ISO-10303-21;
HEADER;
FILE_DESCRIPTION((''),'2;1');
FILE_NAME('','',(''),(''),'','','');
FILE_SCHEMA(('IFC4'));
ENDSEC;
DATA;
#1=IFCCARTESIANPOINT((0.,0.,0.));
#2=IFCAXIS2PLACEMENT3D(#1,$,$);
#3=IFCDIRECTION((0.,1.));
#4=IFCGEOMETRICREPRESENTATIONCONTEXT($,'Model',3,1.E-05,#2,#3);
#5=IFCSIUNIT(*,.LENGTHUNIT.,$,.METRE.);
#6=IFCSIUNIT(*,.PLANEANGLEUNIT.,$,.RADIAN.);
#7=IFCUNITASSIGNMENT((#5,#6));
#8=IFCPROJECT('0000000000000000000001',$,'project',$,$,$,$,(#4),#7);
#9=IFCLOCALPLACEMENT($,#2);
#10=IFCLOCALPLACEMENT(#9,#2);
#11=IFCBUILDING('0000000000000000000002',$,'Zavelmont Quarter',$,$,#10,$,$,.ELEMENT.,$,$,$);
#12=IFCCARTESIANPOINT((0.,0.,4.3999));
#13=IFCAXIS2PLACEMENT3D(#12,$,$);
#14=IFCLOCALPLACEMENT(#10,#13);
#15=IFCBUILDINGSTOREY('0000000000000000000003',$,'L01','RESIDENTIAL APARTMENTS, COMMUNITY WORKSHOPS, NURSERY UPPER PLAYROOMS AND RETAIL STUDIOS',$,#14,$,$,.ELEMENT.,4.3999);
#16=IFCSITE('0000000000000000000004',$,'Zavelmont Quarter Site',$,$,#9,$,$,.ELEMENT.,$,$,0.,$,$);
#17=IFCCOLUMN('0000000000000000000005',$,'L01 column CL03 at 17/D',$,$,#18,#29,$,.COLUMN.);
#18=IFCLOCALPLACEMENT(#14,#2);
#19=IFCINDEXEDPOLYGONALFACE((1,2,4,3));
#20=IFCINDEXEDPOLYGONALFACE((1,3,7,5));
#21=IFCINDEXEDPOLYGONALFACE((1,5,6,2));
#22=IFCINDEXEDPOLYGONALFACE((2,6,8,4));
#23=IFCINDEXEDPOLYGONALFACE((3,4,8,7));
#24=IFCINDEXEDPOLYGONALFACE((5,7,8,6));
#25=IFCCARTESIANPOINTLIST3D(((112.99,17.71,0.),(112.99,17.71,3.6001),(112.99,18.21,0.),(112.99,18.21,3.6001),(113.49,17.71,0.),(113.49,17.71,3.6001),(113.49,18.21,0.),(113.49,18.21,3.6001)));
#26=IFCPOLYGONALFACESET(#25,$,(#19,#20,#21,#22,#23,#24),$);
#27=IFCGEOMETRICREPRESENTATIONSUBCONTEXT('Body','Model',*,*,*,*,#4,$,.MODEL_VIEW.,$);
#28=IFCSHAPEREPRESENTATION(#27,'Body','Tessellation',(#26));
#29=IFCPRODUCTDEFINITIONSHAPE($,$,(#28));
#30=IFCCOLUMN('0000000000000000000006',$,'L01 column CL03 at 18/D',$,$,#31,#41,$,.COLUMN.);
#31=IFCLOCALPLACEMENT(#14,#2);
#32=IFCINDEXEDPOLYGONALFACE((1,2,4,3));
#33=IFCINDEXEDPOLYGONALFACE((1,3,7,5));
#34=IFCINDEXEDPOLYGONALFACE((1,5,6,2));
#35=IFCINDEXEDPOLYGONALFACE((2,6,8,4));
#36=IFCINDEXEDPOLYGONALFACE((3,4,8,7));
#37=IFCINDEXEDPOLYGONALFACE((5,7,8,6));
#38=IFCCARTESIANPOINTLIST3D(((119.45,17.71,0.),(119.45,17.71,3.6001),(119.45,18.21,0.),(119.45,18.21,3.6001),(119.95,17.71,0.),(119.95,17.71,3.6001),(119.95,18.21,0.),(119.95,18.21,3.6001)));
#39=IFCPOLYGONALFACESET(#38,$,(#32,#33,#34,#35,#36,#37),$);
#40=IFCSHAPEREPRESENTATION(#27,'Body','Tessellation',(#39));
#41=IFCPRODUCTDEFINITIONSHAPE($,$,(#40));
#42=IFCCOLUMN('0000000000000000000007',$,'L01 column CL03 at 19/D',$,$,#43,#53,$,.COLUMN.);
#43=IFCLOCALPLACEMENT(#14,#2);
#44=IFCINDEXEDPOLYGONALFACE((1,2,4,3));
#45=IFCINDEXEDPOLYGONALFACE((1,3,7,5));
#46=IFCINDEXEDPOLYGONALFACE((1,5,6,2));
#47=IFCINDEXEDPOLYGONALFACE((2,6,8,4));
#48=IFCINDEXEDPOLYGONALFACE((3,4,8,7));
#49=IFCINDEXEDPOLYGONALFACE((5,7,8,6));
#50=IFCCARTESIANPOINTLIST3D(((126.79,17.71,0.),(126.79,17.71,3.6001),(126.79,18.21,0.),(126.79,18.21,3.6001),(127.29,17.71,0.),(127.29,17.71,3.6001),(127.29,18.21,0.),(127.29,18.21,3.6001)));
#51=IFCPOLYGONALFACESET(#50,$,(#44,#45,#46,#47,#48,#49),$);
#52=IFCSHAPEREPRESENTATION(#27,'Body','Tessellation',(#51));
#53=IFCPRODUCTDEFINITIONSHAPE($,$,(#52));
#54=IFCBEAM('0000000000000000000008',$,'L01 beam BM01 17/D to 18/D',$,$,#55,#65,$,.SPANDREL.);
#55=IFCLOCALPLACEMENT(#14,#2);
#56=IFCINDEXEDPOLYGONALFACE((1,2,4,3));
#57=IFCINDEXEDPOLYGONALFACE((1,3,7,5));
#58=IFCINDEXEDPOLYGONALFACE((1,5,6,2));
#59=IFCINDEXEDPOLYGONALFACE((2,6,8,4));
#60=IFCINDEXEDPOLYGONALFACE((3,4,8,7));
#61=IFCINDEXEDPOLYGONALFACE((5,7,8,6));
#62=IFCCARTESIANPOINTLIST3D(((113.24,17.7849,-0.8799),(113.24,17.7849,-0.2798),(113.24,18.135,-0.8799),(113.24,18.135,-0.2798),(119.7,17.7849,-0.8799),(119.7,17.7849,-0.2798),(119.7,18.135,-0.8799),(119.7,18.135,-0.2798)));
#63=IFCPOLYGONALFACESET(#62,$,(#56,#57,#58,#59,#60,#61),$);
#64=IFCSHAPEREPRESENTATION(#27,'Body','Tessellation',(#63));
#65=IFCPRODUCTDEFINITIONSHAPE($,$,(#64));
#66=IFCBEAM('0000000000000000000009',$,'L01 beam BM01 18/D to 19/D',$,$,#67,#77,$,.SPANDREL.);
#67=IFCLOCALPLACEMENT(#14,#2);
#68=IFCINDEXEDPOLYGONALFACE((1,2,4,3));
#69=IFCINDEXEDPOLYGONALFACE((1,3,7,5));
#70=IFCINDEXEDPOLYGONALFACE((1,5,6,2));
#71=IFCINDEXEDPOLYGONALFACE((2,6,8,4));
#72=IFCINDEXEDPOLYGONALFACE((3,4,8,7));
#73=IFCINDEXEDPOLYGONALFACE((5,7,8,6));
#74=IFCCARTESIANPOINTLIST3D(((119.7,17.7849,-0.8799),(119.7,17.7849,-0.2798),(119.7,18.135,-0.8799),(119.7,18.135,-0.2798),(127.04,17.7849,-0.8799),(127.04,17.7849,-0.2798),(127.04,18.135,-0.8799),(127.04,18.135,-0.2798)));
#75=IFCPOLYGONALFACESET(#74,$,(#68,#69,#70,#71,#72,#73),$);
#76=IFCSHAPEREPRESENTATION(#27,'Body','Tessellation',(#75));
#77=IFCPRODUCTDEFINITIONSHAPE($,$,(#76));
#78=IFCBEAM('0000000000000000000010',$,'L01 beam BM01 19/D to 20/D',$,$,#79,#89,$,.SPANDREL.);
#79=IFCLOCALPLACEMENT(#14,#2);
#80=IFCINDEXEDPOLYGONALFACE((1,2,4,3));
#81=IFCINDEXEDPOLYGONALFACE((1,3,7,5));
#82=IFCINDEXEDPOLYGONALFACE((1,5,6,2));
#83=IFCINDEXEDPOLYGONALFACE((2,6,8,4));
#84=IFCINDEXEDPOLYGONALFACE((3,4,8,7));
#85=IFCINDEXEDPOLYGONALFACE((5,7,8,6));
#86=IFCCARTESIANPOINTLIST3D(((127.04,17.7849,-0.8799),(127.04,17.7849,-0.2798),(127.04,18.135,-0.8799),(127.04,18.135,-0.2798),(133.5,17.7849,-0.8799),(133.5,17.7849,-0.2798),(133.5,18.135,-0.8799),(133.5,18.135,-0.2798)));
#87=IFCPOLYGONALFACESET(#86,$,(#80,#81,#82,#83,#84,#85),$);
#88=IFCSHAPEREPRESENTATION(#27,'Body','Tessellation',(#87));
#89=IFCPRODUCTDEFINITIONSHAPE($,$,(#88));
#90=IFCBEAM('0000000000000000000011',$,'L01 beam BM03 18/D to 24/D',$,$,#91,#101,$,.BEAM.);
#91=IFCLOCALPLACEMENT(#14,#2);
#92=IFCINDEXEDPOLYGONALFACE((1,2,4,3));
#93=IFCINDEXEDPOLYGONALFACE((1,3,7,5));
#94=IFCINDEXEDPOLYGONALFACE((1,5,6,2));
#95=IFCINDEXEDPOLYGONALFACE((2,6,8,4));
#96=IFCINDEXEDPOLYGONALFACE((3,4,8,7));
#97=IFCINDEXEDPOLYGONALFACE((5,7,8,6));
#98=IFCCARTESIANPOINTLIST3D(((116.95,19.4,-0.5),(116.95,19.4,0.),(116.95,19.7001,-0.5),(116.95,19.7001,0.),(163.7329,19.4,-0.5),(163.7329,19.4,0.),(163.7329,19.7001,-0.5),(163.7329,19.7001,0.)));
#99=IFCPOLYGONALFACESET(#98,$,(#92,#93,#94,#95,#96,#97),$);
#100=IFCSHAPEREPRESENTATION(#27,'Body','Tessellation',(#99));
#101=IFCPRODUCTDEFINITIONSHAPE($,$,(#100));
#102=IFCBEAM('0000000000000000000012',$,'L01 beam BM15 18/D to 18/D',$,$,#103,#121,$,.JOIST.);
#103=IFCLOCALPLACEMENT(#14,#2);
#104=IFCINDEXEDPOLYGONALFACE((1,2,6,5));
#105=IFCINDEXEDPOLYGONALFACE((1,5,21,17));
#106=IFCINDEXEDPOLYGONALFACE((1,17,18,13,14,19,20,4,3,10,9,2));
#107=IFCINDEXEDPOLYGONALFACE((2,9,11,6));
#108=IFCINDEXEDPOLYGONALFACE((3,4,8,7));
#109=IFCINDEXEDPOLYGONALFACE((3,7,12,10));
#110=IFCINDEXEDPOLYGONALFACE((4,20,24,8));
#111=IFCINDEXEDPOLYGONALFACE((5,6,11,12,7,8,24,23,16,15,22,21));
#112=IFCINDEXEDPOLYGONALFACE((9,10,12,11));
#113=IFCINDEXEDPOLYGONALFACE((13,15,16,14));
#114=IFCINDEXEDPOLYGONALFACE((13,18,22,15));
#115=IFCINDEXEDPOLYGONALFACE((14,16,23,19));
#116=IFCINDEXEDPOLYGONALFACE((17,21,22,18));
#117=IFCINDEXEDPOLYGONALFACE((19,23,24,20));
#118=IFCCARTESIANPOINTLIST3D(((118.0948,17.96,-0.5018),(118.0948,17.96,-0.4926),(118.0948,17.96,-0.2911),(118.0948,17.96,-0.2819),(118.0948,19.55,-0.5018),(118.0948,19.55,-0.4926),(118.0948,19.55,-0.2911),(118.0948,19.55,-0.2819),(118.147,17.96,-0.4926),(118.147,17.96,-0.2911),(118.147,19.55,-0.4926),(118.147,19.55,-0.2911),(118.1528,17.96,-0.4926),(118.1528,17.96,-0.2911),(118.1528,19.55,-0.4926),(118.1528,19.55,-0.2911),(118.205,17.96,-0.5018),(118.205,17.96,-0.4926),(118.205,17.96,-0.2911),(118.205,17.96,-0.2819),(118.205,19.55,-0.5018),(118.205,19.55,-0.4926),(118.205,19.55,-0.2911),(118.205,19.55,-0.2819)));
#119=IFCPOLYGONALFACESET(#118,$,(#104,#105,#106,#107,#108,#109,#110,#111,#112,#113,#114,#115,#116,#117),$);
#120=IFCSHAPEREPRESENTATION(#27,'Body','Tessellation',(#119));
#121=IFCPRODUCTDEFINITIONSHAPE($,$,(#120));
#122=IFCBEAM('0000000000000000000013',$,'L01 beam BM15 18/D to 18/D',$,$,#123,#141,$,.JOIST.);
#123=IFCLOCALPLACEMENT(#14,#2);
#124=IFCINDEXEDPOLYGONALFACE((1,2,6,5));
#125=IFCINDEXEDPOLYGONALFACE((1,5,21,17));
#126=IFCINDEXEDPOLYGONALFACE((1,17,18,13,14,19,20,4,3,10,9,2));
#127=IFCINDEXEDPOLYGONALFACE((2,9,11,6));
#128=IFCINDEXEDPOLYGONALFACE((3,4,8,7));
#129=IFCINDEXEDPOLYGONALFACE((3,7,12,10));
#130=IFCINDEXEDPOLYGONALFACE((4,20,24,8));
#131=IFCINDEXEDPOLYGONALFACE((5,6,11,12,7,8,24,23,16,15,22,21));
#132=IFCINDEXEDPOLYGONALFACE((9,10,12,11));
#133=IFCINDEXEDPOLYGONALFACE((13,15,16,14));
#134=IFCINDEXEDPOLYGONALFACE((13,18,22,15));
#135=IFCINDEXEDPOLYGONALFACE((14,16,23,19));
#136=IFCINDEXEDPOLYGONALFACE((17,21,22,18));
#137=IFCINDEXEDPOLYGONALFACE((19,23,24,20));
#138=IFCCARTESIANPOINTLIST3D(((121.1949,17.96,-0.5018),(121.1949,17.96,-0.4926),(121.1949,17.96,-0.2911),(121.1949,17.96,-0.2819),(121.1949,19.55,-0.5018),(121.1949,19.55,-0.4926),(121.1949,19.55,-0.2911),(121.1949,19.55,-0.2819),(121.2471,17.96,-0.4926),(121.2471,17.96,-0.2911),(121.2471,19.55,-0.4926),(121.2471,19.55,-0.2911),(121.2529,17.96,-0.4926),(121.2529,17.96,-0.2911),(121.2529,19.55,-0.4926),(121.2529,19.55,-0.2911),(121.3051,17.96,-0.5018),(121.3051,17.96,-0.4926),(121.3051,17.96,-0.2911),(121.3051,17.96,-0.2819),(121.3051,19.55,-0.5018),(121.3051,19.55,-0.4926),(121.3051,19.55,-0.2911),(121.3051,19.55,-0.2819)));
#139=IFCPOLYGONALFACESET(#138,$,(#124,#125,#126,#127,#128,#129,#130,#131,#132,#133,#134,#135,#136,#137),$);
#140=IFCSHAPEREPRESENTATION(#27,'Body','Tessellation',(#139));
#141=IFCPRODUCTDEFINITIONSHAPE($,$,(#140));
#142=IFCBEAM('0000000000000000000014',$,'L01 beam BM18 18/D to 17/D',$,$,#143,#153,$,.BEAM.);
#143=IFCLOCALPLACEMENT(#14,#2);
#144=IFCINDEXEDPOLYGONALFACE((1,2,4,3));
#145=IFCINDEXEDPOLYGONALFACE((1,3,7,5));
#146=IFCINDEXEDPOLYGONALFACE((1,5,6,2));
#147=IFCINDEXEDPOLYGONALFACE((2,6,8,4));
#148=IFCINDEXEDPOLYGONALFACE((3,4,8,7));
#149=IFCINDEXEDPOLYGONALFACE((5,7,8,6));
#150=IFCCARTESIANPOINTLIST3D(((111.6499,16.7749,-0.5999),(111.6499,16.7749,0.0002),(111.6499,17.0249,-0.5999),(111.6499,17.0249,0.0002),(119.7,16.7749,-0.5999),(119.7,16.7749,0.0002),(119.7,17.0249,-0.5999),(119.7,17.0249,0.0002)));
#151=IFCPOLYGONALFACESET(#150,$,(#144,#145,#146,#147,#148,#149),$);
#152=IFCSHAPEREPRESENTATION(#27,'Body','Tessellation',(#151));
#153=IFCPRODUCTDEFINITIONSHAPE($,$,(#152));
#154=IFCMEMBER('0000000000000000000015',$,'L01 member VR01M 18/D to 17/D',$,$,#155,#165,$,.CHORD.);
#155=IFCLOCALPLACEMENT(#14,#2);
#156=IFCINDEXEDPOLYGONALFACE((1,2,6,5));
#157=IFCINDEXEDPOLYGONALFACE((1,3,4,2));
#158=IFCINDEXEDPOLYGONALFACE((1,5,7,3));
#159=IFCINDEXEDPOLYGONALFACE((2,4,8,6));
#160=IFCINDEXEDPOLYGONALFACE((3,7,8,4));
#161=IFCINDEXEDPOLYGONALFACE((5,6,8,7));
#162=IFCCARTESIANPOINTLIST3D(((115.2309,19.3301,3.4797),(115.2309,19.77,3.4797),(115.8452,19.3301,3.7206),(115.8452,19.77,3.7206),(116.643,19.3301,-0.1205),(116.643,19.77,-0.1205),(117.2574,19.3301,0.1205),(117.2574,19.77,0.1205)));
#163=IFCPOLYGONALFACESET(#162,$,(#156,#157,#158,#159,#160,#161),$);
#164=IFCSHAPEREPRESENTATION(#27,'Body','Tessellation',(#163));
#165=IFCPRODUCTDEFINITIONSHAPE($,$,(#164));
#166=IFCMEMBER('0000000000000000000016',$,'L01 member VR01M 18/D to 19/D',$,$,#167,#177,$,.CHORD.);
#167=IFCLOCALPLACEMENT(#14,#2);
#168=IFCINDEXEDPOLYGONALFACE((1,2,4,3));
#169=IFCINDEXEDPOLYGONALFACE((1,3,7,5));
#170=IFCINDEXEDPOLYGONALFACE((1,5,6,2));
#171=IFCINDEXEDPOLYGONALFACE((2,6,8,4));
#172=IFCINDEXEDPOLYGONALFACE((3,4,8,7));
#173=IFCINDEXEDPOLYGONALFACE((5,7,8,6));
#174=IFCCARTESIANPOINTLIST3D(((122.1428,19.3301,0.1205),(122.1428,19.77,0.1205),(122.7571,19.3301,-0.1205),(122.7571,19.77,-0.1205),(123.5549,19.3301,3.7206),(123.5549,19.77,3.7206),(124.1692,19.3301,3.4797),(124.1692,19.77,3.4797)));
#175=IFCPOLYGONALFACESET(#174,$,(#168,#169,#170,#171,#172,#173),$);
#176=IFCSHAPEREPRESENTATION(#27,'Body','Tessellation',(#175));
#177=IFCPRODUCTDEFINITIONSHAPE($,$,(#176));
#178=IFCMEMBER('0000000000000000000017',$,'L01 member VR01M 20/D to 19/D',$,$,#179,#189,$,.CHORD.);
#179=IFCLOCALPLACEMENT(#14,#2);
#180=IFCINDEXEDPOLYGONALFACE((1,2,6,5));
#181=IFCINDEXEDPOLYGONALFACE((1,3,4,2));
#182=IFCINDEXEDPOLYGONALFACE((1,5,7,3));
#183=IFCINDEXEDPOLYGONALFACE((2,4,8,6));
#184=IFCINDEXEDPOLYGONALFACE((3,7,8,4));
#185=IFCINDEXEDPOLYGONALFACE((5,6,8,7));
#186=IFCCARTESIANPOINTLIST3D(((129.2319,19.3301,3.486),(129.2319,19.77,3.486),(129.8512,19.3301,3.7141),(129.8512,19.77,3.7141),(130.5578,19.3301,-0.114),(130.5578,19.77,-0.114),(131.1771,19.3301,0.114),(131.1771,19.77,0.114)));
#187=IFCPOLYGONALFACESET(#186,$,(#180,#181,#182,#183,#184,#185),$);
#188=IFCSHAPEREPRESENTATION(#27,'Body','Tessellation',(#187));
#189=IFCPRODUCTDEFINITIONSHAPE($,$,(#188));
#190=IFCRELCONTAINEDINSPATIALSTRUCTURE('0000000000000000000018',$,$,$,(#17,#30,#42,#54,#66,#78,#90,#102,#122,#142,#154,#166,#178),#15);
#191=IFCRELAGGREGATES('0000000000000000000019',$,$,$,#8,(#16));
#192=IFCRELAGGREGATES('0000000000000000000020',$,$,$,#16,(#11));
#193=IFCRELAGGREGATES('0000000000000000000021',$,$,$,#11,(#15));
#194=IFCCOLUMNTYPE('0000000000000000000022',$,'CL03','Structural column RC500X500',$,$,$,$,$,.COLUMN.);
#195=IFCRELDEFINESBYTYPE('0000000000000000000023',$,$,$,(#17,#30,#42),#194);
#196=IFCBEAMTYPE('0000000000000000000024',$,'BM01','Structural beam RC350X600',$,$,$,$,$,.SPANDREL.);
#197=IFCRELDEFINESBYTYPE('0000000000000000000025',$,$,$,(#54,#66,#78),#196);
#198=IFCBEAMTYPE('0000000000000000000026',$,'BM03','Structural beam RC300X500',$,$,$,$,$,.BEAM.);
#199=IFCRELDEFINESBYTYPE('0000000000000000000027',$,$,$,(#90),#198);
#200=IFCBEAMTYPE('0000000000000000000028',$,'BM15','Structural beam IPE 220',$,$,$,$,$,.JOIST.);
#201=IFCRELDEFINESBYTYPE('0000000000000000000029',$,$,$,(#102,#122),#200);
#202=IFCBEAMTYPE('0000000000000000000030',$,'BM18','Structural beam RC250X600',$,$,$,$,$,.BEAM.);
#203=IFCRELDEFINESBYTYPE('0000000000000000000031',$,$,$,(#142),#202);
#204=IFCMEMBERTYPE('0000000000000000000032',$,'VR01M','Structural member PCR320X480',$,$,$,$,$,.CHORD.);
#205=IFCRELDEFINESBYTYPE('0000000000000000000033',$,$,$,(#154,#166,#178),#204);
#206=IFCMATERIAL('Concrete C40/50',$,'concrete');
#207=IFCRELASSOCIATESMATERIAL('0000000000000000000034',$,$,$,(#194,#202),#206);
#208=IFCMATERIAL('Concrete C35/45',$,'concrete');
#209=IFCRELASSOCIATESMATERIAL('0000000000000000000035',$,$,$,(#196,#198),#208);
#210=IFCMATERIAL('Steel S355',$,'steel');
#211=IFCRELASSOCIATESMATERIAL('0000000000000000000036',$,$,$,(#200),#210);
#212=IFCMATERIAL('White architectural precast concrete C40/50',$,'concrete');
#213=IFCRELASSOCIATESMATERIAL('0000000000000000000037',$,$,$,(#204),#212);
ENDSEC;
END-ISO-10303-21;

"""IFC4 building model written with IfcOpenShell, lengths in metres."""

from ifc_helpers import new_model, si_unit, direction, frame, origin, origin_2d, place, context, subcontext, project, spatial, rectangle, i_section, extrude, material, material_profile, profile_set, type_object, element, save


model = new_model("IFC4")

# Units and contexts
model_context = context("Model", 3, precision=1e-05, world=origin(), true_north=direction((0.0, 1.0)))
body_context = subcontext(model_context, "Body", "Model", "MODEL_VIEW")
ifc_project = project(units=[si_unit("LENGTHUNIT", "METRE"), si_unit("PLANEANGLEUNIT", "RADIAN")], contexts=[model_context])

# Site, building, storey
site_placement = place(None, origin())
site = spatial("IfcSite", under=ifc_project, at=site_placement, Name="Zavelmont Quarter Site", CompositionType="ELEMENT", RefElevation=0.0)
building_placement = place(site_placement, origin())
building = spatial("IfcBuilding", under=site, at=building_placement, Name="Zavelmont Quarter", CompositionType="ELEMENT")
storey_placement = place(building_placement, frame((0.0, 0.0, 4.3999)))
storey = spatial("IfcBuildingStorey", under=building, at=storey_placement, Name="L01", Description="RESIDENTIAL APARTMENTS, COMMUNITY WORKSHOPS, NURSERY UPPER PLAYROOMS AND RETAIL STUDIOS", CompositionType="ELEMENT", Elevation=4.3999)

# Columns
ifc_material_1 = material(Name="Concrete C40/50", Category="concrete")
ifc_material_profile_1 = material_profile(ifc_material_1, rectangle(XDim=0.5, YDim=0.5, at=origin_2d()), Name="RC500X500")
ifc_profile_set_1 = profile_set([ifc_material_profile_1], Name="Concrete C40/50")
column_type = type_object("IfcColumnType", Name="CL03", Description="Structural column RC500X500", PredefinedType="COLUMN", material=ifc_profile_set_1)
for number, where, z_axis, x_axis, name in (
    (1, (113.24, 17.96, 0.0), (0.0, 0.0, 1.0), (1.0, 0.0, 0.0), "L01 column CL03 at 17/D"),
    (2, (119.7, 17.96, 0.0), (0.0, 0.0, 1.0), (1.0, 0.0, 0.0), "L01 column CL03 at 18/D"),
    (3, (127.04, 17.96, 0.0), (0.0, 0.0, 1.0), (1.0, 0.0, 0.0), "L01 column CL03 at 19/D"),
):
    element("IfcColumn", number, at=place(storey_placement, frame(where, z_axis=z_axis, x_axis=x_axis)), inside=storey, type_object=column_type, Name=name, PredefinedType="COLUMN", context=body_context, shape_type="SweptSolid", body=[
        extrude(rectangle(XDim=0.5, YDim=0.5, at=origin_2d()), origin(), (0.0, 0.0, 1.0), 3.6001),
    ])

# Beams
ifc_material_2 = material(Name="Concrete C35/45", Category="concrete")
ifc_material_profile_2 = material_profile(ifc_material_2, rectangle(XDim=0.3501, YDim=0.6001, at=origin_2d()), Name="RC350X600")
ifc_profile_set_2 = profile_set([ifc_material_profile_2], Name="Concrete C35/45")
beam_type_1 = type_object("IfcBeamType", Name="BM01", Description="Structural beam RC350X600", PredefinedType="SPANDREL", material=ifc_profile_set_2)
beam_1_placement = place(storey_placement, frame((113.24, 17.96, -0.5798), z_axis=(1.0, 0.0, 0.0), x_axis=(0.0, 1.0, 0.0)))
element("IfcBeam", 4, at=beam_1_placement, inside=storey, type_object=beam_type_1, Name="L01 beam BM01 17/D to 18/D", PredefinedType="SPANDREL", context=body_context, shape_type="SweptSolid", body=[
    extrude(rectangle(XDim=0.3501, YDim=0.6001, at=origin_2d()), origin(), (0.0, 0.0, 1.0), 6.46),
])
beam_2_placement = place(storey_placement, frame((119.7, 17.96, -0.5798), z_axis=(1.0, 0.0, 0.0), x_axis=(0.0, 1.0, 0.0)))
element("IfcBeam", 5, at=beam_2_placement, inside=storey, type_object=beam_type_1, Name="L01 beam BM01 18/D to 19/D", PredefinedType="SPANDREL", context=body_context, shape_type="SweptSolid", body=[
    extrude(rectangle(XDim=0.3501, YDim=0.6001, at=origin_2d()), origin(), (0.0, 0.0, 1.0), 7.3401),
])
beam_3_placement = place(storey_placement, frame((127.04, 17.96, -0.5798), z_axis=(1.0, 0.0, 0.0), x_axis=(0.0, 1.0, 0.0)))
element("IfcBeam", 6, at=beam_3_placement, inside=storey, type_object=beam_type_1, Name="L01 beam BM01 19/D to 20/D", PredefinedType="SPANDREL", context=body_context, shape_type="SweptSolid", body=[
    extrude(rectangle(XDim=0.3501, YDim=0.6001, at=origin_2d()), origin(), (0.0, 0.0, 1.0), 6.46),
])
ifc_material_profile_3 = material_profile(ifc_material_2, rectangle(XDim=0.3, YDim=0.5, at=origin_2d()), Name="RC300X500")
ifc_profile_set_3 = profile_set([ifc_material_profile_3], Name="Concrete C35/45")
beam_type_2 = type_object("IfcBeamType", Name="BM03", Description="Structural beam RC300X500", PredefinedType="BEAM", material=ifc_profile_set_3)
beam_4_placement = place(storey_placement, frame((116.95, 19.55, -0.25), z_axis=(1.0, 0.0, 0.0), x_axis=(0.0, 1.0, 0.0)))
element("IfcBeam", 7, at=beam_4_placement, inside=storey, type_object=beam_type_2, Name="L01 beam BM03 18/D to 24/D", PredefinedType="BEAM", context=body_context, shape_type="SweptSolid", body=[
    extrude(rectangle(XDim=0.3, YDim=0.5, at=origin_2d()), origin(), (0.0, 0.0, 1.0), 46.783),
])
ifc_material_3 = material(Name="Steel S355", Category="steel")
ifc_material_profile_4 = material_profile(ifc_material_3, i_section(OverallWidth=0.1101, OverallDepth=0.22, WebThickness=0.0059, FlangeThickness=0.0093, at=origin_2d()), Name="IPE 220")
ifc_profile_set_4 = profile_set([ifc_material_profile_4], Name="Steel S355")
beam_type_3 = type_object("IfcBeamType", Name="BM15", Description="Structural beam IPE 220", PredefinedType="JOIST", material=ifc_profile_set_4)
for number, where, z_axis, x_axis, name in (
    (8, (118.1499, 17.96, -0.3918), (0.0, 1.0, 0.0), (-1.0, 0.0, 0.0), "L01 beam BM15 18/D to 18/D"),
    (9, (121.25, 17.96, -0.3918), (0.0, 1.0, 0.0), (-1.0, 0.0, 0.0), "L01 beam BM15 18/D to 18/D"),
):
    element("IfcBeam", number, at=place(storey_placement, frame(where, z_axis=z_axis, x_axis=x_axis)), inside=storey, type_object=beam_type_3, Name=name, PredefinedType="JOIST", context=body_context, shape_type="SweptSolid", body=[
        extrude(i_section(OverallWidth=0.1101, OverallDepth=0.22, WebThickness=0.0059, FlangeThickness=0.0093, at=origin_2d()), origin(), (0.0, 0.0, 1.0), 1.5901),
    ])
ifc_material_profile_5 = material_profile(ifc_material_1, rectangle(XDim=0.25, YDim=0.6001, at=origin_2d()), Name="RC250X600")
ifc_profile_set_5 = profile_set([ifc_material_profile_5], Name="Concrete C40/50")
beam_type_4 = type_object("IfcBeamType", Name="BM18", Description="Structural beam RC250X600", PredefinedType="BEAM", material=ifc_profile_set_5)
beam_5_placement = place(storey_placement, frame((119.7, 16.8999, -0.2998), z_axis=(-1.0, 0.0, 0.0), x_axis=(0.0, -1.0, 0.0)))
element("IfcBeam", 10, at=beam_5_placement, inside=storey, type_object=beam_type_4, Name="L01 beam BM18 18/D to 17/D", PredefinedType="BEAM", context=body_context, shape_type="SweptSolid", body=[
    extrude(rectangle(XDim=0.25, YDim=0.6001, at=origin_2d()), origin(), (0.0, 0.0, 1.0), 8.05),
])

# Members
ifc_material_4 = material(Name="White architectural precast concrete C40/50", Category="concrete")
ifc_material_profile_6 = material_profile(ifc_material_4, rectangle(XDim=0.4399, YDim=0.6599, at=origin_2d()), Name="PCR320X480")
ifc_profile_set_6 = profile_set([ifc_material_profile_6], Name="White architectural precast concrete C40/50")
member_type = type_object("IfcMemberType", Name="VR01M", Description="Structural member PCR320X480", PredefinedType="CHORD", material=ifc_profile_set_6)
for number, where, z_axis, x_axis, name in (
    (11, (116.9502, 19.55, 0.0), (-0.365156, 0.0, 0.930946), (0.0, -1.0, 0.0), "L01 member VR01M 18/D to 17/D"),
    (12, (122.45, 19.55, 0.0), (0.365156, 0.0, 0.930946), (0.0, 1.0, 0.0), "L01 member VR01M 18/D to 19/D"),
):
    element("IfcMember", number, at=place(storey_placement, frame(where, z_axis=z_axis, x_axis=x_axis)), inside=storey, type_object=member_type, Name=name, PredefinedType="CHORD", context=body_context, shape_type="SweptSolid", body=[
        extrude(rectangle(XDim=0.4399, YDim=0.6599, at=origin_2d()), origin(), (0.0, 0.0, 1.0), 3.8672),
    ])
member_placement = place(storey_placement, frame((130.8674, 19.55, 0.0), z_axis=(-0.345608, 0.0, 0.938379), x_axis=(0.0, -1.0, 0.0)))
element("IfcMember", 13, at=member_placement, inside=storey, type_object=member_type, Name="L01 member VR01M 20/D to 19/D", PredefinedType="CHORD", context=body_context, shape_type="SweptSolid", body=[
    extrude(rectangle(XDim=0.4399, YDim=0.6599, at=origin_2d()), origin(), (0.0, 0.0, 1.0), 3.8364),
])

save(model, "model.ifc")
